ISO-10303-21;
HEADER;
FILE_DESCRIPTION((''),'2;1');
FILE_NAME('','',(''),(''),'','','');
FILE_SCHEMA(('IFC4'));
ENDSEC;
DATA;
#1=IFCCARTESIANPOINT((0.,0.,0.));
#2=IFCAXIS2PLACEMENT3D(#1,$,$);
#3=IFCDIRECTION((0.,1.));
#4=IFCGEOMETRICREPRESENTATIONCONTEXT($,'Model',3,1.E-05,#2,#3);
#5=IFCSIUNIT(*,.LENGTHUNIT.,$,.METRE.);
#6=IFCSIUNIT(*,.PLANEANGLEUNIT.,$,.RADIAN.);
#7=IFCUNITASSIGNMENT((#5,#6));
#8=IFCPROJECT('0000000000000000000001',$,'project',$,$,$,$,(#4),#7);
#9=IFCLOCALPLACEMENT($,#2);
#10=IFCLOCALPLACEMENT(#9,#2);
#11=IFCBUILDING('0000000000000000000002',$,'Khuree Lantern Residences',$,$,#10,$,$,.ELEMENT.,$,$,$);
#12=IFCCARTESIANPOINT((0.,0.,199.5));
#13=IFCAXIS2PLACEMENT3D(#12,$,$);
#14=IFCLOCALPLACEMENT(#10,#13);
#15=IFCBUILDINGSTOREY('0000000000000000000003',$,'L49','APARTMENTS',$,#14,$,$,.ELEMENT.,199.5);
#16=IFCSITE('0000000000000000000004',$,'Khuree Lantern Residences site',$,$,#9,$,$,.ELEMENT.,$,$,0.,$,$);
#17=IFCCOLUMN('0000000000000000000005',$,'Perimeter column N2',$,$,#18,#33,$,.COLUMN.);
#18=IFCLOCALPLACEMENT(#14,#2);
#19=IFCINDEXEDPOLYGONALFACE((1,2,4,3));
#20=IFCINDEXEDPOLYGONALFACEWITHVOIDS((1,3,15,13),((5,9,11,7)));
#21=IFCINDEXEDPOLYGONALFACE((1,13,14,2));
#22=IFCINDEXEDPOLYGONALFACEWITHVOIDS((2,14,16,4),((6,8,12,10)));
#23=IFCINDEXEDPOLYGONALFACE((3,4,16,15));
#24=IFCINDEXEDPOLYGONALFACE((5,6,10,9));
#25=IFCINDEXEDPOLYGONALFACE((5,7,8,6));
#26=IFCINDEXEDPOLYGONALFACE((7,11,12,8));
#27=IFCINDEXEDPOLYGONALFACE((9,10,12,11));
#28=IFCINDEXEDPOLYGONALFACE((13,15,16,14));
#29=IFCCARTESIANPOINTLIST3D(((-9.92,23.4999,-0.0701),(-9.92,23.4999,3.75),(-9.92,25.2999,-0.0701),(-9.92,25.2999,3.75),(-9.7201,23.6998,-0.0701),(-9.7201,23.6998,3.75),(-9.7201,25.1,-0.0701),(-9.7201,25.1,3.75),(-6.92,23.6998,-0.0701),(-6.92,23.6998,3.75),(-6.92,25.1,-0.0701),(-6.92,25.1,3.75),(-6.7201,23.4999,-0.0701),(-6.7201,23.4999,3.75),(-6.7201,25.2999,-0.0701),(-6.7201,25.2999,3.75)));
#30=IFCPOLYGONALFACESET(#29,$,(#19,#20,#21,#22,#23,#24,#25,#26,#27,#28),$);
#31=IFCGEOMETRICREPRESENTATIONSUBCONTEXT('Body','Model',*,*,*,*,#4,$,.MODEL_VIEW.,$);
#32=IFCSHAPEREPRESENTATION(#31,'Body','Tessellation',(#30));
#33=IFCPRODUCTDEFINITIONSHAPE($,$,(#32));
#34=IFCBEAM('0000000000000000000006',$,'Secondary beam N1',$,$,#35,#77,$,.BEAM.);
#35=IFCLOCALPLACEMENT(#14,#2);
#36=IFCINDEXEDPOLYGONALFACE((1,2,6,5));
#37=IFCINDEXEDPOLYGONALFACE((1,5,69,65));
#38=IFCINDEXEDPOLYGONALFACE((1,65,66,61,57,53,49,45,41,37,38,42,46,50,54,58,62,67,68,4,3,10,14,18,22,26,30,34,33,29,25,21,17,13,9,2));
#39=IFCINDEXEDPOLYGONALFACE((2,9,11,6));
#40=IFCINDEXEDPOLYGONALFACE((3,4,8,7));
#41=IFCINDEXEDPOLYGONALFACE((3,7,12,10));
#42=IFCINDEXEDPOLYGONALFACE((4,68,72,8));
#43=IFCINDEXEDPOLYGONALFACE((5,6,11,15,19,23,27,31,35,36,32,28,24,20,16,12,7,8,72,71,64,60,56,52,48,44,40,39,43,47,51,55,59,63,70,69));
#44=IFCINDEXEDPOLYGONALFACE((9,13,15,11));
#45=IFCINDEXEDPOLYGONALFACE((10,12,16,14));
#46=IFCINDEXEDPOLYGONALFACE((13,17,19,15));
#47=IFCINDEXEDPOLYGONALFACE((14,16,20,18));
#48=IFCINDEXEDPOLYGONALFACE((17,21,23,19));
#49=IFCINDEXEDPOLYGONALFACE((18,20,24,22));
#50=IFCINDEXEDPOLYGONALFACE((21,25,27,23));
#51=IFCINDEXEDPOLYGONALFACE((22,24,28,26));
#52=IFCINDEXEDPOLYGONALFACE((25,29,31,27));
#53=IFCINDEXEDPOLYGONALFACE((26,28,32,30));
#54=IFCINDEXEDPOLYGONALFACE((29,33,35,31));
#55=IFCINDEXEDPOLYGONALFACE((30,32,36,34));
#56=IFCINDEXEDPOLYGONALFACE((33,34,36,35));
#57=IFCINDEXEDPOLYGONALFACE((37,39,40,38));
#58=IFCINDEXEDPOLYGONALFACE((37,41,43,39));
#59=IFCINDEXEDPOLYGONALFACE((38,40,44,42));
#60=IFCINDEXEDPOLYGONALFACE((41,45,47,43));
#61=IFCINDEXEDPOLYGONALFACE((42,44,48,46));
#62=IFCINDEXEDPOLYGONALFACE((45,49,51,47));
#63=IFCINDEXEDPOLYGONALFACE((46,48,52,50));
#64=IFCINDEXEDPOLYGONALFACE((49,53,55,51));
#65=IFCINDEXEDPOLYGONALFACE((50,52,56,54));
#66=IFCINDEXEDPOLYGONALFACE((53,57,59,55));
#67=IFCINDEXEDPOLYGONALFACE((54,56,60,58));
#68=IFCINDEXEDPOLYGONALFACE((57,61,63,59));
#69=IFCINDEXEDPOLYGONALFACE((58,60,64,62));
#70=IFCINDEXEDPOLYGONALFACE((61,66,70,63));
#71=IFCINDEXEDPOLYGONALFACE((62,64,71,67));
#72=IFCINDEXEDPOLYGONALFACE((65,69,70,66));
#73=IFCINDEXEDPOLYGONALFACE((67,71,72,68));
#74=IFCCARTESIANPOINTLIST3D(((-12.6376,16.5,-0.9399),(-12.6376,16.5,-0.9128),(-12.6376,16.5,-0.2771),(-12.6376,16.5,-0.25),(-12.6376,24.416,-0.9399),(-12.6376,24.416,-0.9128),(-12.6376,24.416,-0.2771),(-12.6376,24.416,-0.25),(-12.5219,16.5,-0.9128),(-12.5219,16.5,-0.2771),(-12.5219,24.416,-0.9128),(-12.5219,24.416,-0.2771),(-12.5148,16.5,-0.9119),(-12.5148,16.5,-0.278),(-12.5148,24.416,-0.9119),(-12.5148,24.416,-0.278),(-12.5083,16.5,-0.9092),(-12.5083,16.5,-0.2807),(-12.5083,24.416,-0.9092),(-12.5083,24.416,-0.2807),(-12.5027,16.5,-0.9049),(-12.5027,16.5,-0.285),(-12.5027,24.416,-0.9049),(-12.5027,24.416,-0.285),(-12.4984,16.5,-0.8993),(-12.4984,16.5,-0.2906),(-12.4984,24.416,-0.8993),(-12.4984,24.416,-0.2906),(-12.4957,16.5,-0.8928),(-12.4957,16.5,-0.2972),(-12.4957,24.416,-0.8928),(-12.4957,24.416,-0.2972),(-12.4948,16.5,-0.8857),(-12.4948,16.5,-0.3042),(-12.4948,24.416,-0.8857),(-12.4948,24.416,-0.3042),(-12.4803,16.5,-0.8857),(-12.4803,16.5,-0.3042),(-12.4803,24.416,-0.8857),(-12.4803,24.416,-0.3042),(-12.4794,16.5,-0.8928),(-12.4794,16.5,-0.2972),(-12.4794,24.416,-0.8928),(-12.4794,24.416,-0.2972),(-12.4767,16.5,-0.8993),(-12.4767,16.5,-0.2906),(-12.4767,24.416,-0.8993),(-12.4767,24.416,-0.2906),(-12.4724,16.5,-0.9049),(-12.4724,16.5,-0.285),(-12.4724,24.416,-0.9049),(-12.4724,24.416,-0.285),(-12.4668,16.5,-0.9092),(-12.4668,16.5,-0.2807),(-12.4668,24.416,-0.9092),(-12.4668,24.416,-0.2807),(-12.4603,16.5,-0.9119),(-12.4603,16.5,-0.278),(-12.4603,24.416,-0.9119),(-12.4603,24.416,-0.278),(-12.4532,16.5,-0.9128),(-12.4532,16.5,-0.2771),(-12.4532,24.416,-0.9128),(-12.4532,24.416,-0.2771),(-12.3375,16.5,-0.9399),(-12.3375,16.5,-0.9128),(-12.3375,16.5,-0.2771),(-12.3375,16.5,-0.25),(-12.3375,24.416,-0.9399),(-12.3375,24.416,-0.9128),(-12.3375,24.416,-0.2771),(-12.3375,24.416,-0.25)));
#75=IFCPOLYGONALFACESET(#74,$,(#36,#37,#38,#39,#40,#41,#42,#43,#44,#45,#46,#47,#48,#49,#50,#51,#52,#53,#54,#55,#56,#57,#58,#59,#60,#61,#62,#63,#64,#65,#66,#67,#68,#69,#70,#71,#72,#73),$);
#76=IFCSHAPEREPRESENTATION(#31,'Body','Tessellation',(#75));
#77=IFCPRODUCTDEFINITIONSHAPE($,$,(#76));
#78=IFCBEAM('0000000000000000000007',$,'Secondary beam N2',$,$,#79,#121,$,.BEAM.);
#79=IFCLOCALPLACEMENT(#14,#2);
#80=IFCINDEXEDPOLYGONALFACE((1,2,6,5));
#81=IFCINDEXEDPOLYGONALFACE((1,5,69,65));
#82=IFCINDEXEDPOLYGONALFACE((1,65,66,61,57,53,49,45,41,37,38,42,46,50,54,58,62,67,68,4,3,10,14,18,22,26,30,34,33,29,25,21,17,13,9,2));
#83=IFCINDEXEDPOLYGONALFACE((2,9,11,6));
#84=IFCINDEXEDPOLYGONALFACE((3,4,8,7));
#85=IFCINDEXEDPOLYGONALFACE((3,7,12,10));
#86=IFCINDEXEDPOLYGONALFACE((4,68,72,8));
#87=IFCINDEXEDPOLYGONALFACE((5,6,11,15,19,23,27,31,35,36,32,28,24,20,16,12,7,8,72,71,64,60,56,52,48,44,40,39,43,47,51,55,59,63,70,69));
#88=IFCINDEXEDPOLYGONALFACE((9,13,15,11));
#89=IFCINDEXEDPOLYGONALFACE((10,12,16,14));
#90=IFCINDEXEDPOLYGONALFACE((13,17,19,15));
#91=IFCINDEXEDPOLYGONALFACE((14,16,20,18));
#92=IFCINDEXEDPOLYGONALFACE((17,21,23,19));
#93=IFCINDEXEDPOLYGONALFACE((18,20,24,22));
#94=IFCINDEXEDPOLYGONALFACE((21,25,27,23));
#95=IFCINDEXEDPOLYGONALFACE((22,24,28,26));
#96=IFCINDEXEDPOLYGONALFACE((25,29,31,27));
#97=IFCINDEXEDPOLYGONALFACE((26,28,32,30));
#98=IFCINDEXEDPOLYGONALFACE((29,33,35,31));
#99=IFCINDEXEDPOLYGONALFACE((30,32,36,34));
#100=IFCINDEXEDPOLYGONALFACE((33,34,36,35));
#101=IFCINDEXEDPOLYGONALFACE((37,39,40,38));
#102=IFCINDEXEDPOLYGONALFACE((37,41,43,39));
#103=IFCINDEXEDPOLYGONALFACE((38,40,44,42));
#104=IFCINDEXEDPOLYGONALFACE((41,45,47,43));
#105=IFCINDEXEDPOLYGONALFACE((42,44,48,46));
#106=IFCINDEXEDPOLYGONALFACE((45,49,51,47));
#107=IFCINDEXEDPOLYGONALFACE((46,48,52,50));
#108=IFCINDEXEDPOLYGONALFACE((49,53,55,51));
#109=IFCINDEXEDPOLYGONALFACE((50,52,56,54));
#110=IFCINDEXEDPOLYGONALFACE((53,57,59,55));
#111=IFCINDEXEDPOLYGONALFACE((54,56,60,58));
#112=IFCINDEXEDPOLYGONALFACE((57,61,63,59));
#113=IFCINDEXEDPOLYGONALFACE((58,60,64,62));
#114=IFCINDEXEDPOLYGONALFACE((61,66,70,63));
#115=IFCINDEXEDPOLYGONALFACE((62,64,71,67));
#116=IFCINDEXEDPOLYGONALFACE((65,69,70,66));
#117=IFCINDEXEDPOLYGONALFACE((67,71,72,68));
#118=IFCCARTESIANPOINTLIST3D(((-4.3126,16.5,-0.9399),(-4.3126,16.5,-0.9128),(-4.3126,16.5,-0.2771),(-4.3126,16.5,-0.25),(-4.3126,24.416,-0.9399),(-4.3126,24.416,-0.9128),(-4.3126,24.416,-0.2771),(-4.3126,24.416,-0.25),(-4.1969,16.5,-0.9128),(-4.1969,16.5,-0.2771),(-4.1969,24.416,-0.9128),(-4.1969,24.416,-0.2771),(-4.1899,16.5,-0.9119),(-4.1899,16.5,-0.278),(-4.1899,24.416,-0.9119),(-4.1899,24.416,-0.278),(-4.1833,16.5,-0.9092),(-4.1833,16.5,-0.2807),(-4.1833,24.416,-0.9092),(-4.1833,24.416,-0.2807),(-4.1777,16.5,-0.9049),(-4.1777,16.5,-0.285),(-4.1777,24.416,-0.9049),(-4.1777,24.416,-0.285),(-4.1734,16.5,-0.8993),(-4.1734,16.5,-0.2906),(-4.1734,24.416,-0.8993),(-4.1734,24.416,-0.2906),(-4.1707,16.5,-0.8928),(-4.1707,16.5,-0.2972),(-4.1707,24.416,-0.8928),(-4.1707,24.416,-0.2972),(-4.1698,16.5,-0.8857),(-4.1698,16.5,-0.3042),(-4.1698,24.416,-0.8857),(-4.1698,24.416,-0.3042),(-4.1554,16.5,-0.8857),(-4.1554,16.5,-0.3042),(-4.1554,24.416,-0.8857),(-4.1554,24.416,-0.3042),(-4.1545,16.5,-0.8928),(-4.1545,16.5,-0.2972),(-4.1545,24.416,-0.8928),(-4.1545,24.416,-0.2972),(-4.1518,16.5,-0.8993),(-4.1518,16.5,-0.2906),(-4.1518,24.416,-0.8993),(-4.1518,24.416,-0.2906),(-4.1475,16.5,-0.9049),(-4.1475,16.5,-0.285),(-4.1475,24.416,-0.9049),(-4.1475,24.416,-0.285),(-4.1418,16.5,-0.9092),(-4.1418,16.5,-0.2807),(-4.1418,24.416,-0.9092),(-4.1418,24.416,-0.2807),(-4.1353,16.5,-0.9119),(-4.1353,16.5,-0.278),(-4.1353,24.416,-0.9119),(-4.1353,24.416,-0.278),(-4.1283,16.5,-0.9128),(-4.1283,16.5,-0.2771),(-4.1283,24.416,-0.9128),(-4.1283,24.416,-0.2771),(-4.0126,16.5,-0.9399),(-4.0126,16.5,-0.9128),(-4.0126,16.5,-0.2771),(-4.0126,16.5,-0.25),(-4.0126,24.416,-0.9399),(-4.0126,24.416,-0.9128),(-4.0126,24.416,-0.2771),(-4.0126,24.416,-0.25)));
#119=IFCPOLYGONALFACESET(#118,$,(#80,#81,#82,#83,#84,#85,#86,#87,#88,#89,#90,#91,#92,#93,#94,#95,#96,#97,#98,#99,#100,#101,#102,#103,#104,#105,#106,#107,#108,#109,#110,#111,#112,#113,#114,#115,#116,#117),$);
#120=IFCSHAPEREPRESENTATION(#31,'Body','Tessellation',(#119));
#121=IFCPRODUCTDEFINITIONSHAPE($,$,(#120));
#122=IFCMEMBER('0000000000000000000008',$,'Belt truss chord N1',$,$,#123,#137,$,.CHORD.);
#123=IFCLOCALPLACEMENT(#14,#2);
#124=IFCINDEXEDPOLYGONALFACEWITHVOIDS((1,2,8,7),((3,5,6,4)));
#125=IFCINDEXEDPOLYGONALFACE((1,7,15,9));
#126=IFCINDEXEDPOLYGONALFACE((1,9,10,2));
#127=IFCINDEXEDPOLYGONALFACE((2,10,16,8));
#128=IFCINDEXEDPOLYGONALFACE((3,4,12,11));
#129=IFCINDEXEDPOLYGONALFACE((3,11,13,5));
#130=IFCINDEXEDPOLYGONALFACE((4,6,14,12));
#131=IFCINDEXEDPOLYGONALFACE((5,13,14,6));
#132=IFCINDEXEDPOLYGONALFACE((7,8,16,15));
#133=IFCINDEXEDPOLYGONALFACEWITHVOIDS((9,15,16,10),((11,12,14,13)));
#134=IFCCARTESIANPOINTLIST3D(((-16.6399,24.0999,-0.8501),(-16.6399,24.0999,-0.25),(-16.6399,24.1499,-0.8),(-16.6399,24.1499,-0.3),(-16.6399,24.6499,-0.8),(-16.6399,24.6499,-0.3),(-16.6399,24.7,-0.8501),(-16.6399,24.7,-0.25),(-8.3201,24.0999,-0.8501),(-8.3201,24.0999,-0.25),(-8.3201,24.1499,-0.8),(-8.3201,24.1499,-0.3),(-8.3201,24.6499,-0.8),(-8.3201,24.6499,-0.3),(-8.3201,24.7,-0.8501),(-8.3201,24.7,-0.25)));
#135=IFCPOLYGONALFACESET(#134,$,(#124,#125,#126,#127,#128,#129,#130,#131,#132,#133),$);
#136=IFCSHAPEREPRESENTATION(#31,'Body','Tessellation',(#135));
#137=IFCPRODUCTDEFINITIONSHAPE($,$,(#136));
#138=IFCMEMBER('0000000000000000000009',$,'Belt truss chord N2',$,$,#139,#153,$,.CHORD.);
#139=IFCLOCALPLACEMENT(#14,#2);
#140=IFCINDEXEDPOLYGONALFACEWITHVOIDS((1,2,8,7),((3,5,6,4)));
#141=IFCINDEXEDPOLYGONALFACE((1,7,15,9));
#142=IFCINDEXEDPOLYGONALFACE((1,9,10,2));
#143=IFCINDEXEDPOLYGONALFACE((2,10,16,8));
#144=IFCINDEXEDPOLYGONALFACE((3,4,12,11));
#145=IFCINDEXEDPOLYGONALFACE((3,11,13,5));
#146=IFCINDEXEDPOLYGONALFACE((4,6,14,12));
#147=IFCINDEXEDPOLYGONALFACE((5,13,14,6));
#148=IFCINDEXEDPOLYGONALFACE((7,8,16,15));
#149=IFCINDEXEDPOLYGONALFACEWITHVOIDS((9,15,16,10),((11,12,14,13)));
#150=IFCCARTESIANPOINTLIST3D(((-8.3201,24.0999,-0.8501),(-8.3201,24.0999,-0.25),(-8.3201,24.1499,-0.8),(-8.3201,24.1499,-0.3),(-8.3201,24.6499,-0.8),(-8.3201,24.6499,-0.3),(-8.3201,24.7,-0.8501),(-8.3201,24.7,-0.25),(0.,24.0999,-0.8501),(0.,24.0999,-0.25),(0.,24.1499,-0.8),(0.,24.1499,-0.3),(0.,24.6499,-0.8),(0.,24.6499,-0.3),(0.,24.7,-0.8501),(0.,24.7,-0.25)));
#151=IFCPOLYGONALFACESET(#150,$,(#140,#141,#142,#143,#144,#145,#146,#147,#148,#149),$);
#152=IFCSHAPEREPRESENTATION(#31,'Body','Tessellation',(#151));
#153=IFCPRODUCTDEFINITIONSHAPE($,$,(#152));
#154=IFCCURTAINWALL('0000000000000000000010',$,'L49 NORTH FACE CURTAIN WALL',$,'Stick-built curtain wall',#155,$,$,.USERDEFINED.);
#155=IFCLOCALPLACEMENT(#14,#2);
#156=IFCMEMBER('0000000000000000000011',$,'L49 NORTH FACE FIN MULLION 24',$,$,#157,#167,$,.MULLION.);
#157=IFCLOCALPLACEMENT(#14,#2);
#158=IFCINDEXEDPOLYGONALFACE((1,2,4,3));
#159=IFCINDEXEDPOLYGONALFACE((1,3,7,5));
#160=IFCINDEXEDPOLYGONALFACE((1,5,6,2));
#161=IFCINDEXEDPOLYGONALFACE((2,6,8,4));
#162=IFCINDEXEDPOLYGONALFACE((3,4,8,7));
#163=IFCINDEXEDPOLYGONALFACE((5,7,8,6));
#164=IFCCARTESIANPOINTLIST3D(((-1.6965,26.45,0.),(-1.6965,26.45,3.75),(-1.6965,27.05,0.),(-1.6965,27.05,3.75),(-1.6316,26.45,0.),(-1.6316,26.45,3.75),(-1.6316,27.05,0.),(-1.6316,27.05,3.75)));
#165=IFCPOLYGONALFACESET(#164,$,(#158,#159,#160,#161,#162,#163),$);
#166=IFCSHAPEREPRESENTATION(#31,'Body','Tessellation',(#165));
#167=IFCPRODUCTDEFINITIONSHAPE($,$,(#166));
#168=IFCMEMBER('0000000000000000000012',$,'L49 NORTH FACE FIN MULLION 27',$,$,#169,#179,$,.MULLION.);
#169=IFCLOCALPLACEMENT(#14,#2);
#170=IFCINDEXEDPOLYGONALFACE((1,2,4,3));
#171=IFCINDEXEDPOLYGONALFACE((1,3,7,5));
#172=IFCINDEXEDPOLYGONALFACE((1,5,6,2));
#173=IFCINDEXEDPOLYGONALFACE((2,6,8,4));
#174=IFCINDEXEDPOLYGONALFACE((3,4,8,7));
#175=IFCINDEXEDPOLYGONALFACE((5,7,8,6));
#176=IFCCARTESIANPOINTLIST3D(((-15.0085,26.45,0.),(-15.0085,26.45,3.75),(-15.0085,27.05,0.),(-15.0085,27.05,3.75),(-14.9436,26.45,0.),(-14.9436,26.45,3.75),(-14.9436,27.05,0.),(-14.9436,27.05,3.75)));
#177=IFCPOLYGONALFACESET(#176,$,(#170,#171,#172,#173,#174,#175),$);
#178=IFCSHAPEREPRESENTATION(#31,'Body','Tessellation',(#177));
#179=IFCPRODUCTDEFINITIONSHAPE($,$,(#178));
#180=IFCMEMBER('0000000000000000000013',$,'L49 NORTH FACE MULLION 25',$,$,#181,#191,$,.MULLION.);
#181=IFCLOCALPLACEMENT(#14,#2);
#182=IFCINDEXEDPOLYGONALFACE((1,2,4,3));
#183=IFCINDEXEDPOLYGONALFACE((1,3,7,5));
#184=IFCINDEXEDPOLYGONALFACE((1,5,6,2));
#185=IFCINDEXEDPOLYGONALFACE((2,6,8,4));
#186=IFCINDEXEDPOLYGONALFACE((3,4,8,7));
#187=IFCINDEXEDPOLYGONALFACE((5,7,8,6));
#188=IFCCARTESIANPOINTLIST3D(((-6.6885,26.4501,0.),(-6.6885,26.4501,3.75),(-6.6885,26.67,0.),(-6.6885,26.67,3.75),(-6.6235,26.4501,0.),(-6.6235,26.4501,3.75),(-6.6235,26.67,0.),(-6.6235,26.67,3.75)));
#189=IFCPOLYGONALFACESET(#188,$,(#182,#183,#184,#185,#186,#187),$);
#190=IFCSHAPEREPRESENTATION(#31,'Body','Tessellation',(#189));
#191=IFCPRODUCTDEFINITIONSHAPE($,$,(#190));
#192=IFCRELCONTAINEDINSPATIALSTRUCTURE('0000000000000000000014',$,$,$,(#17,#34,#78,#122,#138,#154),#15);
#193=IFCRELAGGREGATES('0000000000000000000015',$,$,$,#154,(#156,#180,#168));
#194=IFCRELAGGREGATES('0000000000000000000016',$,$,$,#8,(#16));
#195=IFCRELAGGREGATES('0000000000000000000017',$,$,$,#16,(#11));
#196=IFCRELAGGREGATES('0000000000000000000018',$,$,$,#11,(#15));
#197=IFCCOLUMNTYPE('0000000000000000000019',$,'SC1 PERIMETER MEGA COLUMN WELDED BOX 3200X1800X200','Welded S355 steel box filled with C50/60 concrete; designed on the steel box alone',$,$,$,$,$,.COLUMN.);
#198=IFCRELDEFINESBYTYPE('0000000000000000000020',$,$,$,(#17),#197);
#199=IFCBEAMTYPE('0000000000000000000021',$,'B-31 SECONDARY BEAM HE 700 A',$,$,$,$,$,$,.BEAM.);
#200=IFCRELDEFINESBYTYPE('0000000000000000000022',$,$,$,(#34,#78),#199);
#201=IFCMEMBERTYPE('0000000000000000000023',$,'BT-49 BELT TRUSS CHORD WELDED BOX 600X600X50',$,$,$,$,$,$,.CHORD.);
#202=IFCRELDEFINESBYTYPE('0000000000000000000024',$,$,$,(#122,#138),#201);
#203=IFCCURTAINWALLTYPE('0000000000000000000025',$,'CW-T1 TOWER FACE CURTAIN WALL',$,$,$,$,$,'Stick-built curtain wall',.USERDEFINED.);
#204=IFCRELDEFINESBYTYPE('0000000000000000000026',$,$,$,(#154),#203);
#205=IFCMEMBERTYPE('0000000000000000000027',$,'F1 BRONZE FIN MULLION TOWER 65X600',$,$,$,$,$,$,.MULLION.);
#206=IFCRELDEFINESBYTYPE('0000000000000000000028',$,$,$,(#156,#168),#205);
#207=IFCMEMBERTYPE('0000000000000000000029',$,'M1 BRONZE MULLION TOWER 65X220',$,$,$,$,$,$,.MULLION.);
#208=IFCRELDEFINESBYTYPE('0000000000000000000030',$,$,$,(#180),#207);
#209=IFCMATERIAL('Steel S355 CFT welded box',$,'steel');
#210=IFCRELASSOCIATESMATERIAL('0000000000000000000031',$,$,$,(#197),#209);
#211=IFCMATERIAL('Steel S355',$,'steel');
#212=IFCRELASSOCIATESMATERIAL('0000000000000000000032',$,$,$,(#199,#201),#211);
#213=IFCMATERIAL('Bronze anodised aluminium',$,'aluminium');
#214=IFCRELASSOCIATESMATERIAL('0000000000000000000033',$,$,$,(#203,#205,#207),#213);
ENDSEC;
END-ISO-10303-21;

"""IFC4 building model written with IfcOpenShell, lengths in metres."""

from ifc_helpers import new_model, si_unit, direction, frame, origin, origin_2d, place, context, subcontext, project, spatial, rectangle, hollow_rectangle, i_section, extrude, material, material_profile, profile_set, type_object, element, aggregate, save


model = new_model("IFC4")

# Units and contexts
model_context = context("Model", 3, precision=1e-05, world=origin(), true_north=direction((0.0, 1.0)))
body_context = subcontext(model_context, "Body", "Model", "MODEL_VIEW")
ifc_project = project(units=[si_unit("LENGTHUNIT", "METRE"), si_unit("PLANEANGLEUNIT", "RADIAN")], contexts=[model_context])

# Site, building, storey
site_placement = place(None, origin())
site = spatial("IfcSite", under=ifc_project, at=site_placement, Name="Khuree Lantern Residences site", CompositionType="ELEMENT", RefElevation=0.0)
building_placement = place(site_placement, origin())
building = spatial("IfcBuilding", under=site, at=building_placement, Name="Khuree Lantern Residences", CompositionType="ELEMENT")
storey_placement = place(building_placement, frame((0.0, 0.0, 199.5)))
storey = spatial("IfcBuildingStorey", under=building, at=storey_placement, Name="L49", Description="APARTMENTS", CompositionType="ELEMENT", Elevation=199.5)

# Column
ifc_material_1 = material(Name="Steel S355 CFT welded box", Category="steel")
ifc_material_profile_1 = material_profile(ifc_material_1, hollow_rectangle(XDim=3.2, YDim=1.8, WallThickness=0.2, at=origin_2d()), Name="WELDED BOX 3200X1800X200")
ifc_profile_set_1 = profile_set([ifc_material_profile_1], Name="Steel S355 CFT welded box")
column_type = type_object("IfcColumnType", Name="SC1 PERIMETER MEGA COLUMN WELDED BOX 3200X1800X200", Description="Welded S355 steel box filled with C50/60 concrete; designed on the steel box alone", PredefinedType="COLUMN", material=ifc_profile_set_1)
column_placement = place(storey_placement, frame((-8.3201, 24.3999, -0.0701), z_axis=(0.0, 0.0, 1.0), x_axis=(1.0, 0.0, 0.0)))
element("IfcColumn", 1, at=column_placement, inside=storey, type_object=column_type, Name="Perimeter column N2", PredefinedType="COLUMN", context=body_context, shape_type="SweptSolid", body=[
    extrude(hollow_rectangle(XDim=3.2, YDim=1.8, WallThickness=0.2, at=origin_2d()), origin(), (0.0, 0.0, 1.0), 3.8201),
])

# Beams
ifc_material_2 = material(Name="Steel S355", Category="steel")
ifc_material_profile_2 = material_profile(ifc_material_2, i_section(OverallWidth=0.3, OverallDepth=0.6899, WebThickness=0.0144, FlangeThickness=0.0271, FilletRadius=0.0271, at=origin_2d()), Name="HE 700 A")
ifc_profile_set_2 = profile_set([ifc_material_profile_2], Name="Steel S355")
beam_type_1 = type_object("IfcBeamType", Name="B-31 SECONDARY BEAM HE 700 A", PredefinedType="BEAM", material=ifc_profile_set_2)
for number, where, z_axis, x_axis, name in (
    (2, (-12.4875, 24.416, -0.595), (0.0, -1.0, 0.0), (1.0, 0.0, 0.0), "Secondary beam N1"),
    (3, (-4.1626, 24.416, -0.595), (0.0, -1.0, 0.0), (1.0, 0.0, 0.0), "Secondary beam N2"),
):
    element("IfcBeam", number, at=place(storey_placement, frame(where, z_axis=z_axis, x_axis=x_axis)), inside=storey, type_object=beam_type_1, Name=name, PredefinedType="BEAM", context=body_context, shape_type="SweptSolid", body=[
        extrude(i_section(OverallWidth=0.3, OverallDepth=0.6899, WebThickness=0.0144, FlangeThickness=0.0271, FilletRadius=0.0271, at=origin_2d()), origin(), (0.0, 0.0, 1.0), 7.916),
    ])

# Members
ifc_material_profile_3 = material_profile(ifc_material_2, hollow_rectangle(XDim=0.6001, YDim=0.6001, WallThickness=0.05, at=origin_2d()), Name="WELDED BOX 600X600X50")
ifc_profile_set_3 = profile_set([ifc_material_profile_3], Name="Steel S355")
member_type_1 = type_object("IfcMemberType", Name="BT-49 BELT TRUSS CHORD WELDED BOX 600X600X50", PredefinedType="CHORD", material=ifc_profile_set_3)
member_1_placement = place(storey_placement, frame((-16.6399, 24.3999, -0.55), z_axis=(1.0, 0.0, 0.0), x_axis=(0.0, 1.0, 0.0)))
element("IfcMember", 4, at=member_1_placement, inside=storey, type_object=member_type_1, Name="Belt truss chord N1", PredefinedType="CHORD", context=body_context, shape_type="SweptSolid", body=[
    extrude(hollow_rectangle(XDim=0.6001, YDim=0.6001, WallThickness=0.05, at=origin_2d()), origin(), (0.0, 0.0, 1.0), 8.3198),
])
member_2_placement = place(storey_placement, frame((-8.3201, 24.3999, -0.55), z_axis=(1.0, 0.0, 0.0), x_axis=(0.0, 1.0, 0.0)))
element("IfcMember", 5, at=member_2_placement, inside=storey, type_object=member_type_1, Name="Belt truss chord N2", PredefinedType="CHORD", context=body_context, shape_type="SweptSolid", body=[
    extrude(hollow_rectangle(XDim=0.6001, YDim=0.6001, WallThickness=0.05, at=origin_2d()), origin(), (0.0, 0.0, 1.0), 8.3201),
])

# Curtain wall, members
ifc_material_3 = material(Name="Bronze anodised aluminium", Category="aluminium")
curtain_wall_type = type_object("IfcCurtainWallType", Name="CW-T1 TOWER FACE CURTAIN WALL", ElementType="Stick-built curtain wall", PredefinedType="USERDEFINED", material=ifc_material_3)
curtain_wall_placement = place(storey_placement, origin())
curtain_wall = element("IfcCurtainWall", 6, at=curtain_wall_placement, inside=storey, type_object=curtain_wall_type, Name="L49 NORTH FACE CURTAIN WALL", ObjectType="Stick-built curtain wall", PredefinedType="USERDEFINED")
ifc_material_profile_4 = material_profile(ifc_material_3, rectangle(XDim=0.0649, YDim=0.6001, at=origin_2d()), Name="F1 65X600")
ifc_profile_set_4 = profile_set([ifc_material_profile_4], Name="Bronze anodised aluminium")
member_type_2 = type_object("IfcMemberType", Name="F1 BRONZE FIN MULLION TOWER 65X600", PredefinedType="MULLION", material=ifc_profile_set_4)
member_3_placement = place(storey_placement, frame((-1.6641, 26.75, 0.0), z_axis=(0.0, 0.0, 1.0), x_axis=(-1.0, 0.0, 0.0)))
member_3 = element("IfcMember", 7, at=member_3_placement, type_object=member_type_2, Name="L49 NORTH FACE FIN MULLION 24", PredefinedType="MULLION", context=body_context, shape_type="SweptSolid", body=[
    extrude(rectangle(XDim=0.0649, YDim=0.6001, at=origin_2d()), origin(), (0.0, 0.0, 1.0), 3.75),
])
member_4_placement = place(storey_placement, frame((-14.9761, 26.75, 0.0), z_axis=(0.0, 0.0, 1.0), x_axis=(-1.0, 0.0, 0.0)))
member_4 = element("IfcMember", 8, at=member_4_placement, type_object=member_type_2, Name="L49 NORTH FACE FIN MULLION 27", PredefinedType="MULLION", context=body_context, shape_type="SweptSolid", body=[
    extrude(rectangle(XDim=0.0649, YDim=0.6001, at=origin_2d()), origin(), (0.0, 0.0, 1.0), 3.75),
])
ifc_material_profile_5 = material_profile(ifc_material_3, rectangle(XDim=0.0649, YDim=0.22, at=origin_2d()), Name="M1 65X220")
ifc_profile_set_5 = profile_set([ifc_material_profile_5], Name="Bronze anodised aluminium")
member_type_3 = type_object("IfcMemberType", Name="M1 BRONZE MULLION TOWER 65X220", PredefinedType="MULLION", material=ifc_profile_set_5)
member_5_placement = place(storey_placement, frame((-6.656, 26.5601, 0.0), z_axis=(0.0, 0.0, 1.0), x_axis=(-1.0, 0.0, 0.0)))
member_5 = element("IfcMember", 9, at=member_5_placement, type_object=member_type_3, Name="L49 NORTH FACE MULLION 25", PredefinedType="MULLION", context=body_context, shape_type="SweptSolid", body=[
    extrude(rectangle(XDim=0.0649, YDim=0.22, at=origin_2d()), origin(), (0.0, 0.0, 1.0), 3.75),
])

aggregate(curtain_wall, [member_3, member_5, member_4])

save(model, "model.ifc")
